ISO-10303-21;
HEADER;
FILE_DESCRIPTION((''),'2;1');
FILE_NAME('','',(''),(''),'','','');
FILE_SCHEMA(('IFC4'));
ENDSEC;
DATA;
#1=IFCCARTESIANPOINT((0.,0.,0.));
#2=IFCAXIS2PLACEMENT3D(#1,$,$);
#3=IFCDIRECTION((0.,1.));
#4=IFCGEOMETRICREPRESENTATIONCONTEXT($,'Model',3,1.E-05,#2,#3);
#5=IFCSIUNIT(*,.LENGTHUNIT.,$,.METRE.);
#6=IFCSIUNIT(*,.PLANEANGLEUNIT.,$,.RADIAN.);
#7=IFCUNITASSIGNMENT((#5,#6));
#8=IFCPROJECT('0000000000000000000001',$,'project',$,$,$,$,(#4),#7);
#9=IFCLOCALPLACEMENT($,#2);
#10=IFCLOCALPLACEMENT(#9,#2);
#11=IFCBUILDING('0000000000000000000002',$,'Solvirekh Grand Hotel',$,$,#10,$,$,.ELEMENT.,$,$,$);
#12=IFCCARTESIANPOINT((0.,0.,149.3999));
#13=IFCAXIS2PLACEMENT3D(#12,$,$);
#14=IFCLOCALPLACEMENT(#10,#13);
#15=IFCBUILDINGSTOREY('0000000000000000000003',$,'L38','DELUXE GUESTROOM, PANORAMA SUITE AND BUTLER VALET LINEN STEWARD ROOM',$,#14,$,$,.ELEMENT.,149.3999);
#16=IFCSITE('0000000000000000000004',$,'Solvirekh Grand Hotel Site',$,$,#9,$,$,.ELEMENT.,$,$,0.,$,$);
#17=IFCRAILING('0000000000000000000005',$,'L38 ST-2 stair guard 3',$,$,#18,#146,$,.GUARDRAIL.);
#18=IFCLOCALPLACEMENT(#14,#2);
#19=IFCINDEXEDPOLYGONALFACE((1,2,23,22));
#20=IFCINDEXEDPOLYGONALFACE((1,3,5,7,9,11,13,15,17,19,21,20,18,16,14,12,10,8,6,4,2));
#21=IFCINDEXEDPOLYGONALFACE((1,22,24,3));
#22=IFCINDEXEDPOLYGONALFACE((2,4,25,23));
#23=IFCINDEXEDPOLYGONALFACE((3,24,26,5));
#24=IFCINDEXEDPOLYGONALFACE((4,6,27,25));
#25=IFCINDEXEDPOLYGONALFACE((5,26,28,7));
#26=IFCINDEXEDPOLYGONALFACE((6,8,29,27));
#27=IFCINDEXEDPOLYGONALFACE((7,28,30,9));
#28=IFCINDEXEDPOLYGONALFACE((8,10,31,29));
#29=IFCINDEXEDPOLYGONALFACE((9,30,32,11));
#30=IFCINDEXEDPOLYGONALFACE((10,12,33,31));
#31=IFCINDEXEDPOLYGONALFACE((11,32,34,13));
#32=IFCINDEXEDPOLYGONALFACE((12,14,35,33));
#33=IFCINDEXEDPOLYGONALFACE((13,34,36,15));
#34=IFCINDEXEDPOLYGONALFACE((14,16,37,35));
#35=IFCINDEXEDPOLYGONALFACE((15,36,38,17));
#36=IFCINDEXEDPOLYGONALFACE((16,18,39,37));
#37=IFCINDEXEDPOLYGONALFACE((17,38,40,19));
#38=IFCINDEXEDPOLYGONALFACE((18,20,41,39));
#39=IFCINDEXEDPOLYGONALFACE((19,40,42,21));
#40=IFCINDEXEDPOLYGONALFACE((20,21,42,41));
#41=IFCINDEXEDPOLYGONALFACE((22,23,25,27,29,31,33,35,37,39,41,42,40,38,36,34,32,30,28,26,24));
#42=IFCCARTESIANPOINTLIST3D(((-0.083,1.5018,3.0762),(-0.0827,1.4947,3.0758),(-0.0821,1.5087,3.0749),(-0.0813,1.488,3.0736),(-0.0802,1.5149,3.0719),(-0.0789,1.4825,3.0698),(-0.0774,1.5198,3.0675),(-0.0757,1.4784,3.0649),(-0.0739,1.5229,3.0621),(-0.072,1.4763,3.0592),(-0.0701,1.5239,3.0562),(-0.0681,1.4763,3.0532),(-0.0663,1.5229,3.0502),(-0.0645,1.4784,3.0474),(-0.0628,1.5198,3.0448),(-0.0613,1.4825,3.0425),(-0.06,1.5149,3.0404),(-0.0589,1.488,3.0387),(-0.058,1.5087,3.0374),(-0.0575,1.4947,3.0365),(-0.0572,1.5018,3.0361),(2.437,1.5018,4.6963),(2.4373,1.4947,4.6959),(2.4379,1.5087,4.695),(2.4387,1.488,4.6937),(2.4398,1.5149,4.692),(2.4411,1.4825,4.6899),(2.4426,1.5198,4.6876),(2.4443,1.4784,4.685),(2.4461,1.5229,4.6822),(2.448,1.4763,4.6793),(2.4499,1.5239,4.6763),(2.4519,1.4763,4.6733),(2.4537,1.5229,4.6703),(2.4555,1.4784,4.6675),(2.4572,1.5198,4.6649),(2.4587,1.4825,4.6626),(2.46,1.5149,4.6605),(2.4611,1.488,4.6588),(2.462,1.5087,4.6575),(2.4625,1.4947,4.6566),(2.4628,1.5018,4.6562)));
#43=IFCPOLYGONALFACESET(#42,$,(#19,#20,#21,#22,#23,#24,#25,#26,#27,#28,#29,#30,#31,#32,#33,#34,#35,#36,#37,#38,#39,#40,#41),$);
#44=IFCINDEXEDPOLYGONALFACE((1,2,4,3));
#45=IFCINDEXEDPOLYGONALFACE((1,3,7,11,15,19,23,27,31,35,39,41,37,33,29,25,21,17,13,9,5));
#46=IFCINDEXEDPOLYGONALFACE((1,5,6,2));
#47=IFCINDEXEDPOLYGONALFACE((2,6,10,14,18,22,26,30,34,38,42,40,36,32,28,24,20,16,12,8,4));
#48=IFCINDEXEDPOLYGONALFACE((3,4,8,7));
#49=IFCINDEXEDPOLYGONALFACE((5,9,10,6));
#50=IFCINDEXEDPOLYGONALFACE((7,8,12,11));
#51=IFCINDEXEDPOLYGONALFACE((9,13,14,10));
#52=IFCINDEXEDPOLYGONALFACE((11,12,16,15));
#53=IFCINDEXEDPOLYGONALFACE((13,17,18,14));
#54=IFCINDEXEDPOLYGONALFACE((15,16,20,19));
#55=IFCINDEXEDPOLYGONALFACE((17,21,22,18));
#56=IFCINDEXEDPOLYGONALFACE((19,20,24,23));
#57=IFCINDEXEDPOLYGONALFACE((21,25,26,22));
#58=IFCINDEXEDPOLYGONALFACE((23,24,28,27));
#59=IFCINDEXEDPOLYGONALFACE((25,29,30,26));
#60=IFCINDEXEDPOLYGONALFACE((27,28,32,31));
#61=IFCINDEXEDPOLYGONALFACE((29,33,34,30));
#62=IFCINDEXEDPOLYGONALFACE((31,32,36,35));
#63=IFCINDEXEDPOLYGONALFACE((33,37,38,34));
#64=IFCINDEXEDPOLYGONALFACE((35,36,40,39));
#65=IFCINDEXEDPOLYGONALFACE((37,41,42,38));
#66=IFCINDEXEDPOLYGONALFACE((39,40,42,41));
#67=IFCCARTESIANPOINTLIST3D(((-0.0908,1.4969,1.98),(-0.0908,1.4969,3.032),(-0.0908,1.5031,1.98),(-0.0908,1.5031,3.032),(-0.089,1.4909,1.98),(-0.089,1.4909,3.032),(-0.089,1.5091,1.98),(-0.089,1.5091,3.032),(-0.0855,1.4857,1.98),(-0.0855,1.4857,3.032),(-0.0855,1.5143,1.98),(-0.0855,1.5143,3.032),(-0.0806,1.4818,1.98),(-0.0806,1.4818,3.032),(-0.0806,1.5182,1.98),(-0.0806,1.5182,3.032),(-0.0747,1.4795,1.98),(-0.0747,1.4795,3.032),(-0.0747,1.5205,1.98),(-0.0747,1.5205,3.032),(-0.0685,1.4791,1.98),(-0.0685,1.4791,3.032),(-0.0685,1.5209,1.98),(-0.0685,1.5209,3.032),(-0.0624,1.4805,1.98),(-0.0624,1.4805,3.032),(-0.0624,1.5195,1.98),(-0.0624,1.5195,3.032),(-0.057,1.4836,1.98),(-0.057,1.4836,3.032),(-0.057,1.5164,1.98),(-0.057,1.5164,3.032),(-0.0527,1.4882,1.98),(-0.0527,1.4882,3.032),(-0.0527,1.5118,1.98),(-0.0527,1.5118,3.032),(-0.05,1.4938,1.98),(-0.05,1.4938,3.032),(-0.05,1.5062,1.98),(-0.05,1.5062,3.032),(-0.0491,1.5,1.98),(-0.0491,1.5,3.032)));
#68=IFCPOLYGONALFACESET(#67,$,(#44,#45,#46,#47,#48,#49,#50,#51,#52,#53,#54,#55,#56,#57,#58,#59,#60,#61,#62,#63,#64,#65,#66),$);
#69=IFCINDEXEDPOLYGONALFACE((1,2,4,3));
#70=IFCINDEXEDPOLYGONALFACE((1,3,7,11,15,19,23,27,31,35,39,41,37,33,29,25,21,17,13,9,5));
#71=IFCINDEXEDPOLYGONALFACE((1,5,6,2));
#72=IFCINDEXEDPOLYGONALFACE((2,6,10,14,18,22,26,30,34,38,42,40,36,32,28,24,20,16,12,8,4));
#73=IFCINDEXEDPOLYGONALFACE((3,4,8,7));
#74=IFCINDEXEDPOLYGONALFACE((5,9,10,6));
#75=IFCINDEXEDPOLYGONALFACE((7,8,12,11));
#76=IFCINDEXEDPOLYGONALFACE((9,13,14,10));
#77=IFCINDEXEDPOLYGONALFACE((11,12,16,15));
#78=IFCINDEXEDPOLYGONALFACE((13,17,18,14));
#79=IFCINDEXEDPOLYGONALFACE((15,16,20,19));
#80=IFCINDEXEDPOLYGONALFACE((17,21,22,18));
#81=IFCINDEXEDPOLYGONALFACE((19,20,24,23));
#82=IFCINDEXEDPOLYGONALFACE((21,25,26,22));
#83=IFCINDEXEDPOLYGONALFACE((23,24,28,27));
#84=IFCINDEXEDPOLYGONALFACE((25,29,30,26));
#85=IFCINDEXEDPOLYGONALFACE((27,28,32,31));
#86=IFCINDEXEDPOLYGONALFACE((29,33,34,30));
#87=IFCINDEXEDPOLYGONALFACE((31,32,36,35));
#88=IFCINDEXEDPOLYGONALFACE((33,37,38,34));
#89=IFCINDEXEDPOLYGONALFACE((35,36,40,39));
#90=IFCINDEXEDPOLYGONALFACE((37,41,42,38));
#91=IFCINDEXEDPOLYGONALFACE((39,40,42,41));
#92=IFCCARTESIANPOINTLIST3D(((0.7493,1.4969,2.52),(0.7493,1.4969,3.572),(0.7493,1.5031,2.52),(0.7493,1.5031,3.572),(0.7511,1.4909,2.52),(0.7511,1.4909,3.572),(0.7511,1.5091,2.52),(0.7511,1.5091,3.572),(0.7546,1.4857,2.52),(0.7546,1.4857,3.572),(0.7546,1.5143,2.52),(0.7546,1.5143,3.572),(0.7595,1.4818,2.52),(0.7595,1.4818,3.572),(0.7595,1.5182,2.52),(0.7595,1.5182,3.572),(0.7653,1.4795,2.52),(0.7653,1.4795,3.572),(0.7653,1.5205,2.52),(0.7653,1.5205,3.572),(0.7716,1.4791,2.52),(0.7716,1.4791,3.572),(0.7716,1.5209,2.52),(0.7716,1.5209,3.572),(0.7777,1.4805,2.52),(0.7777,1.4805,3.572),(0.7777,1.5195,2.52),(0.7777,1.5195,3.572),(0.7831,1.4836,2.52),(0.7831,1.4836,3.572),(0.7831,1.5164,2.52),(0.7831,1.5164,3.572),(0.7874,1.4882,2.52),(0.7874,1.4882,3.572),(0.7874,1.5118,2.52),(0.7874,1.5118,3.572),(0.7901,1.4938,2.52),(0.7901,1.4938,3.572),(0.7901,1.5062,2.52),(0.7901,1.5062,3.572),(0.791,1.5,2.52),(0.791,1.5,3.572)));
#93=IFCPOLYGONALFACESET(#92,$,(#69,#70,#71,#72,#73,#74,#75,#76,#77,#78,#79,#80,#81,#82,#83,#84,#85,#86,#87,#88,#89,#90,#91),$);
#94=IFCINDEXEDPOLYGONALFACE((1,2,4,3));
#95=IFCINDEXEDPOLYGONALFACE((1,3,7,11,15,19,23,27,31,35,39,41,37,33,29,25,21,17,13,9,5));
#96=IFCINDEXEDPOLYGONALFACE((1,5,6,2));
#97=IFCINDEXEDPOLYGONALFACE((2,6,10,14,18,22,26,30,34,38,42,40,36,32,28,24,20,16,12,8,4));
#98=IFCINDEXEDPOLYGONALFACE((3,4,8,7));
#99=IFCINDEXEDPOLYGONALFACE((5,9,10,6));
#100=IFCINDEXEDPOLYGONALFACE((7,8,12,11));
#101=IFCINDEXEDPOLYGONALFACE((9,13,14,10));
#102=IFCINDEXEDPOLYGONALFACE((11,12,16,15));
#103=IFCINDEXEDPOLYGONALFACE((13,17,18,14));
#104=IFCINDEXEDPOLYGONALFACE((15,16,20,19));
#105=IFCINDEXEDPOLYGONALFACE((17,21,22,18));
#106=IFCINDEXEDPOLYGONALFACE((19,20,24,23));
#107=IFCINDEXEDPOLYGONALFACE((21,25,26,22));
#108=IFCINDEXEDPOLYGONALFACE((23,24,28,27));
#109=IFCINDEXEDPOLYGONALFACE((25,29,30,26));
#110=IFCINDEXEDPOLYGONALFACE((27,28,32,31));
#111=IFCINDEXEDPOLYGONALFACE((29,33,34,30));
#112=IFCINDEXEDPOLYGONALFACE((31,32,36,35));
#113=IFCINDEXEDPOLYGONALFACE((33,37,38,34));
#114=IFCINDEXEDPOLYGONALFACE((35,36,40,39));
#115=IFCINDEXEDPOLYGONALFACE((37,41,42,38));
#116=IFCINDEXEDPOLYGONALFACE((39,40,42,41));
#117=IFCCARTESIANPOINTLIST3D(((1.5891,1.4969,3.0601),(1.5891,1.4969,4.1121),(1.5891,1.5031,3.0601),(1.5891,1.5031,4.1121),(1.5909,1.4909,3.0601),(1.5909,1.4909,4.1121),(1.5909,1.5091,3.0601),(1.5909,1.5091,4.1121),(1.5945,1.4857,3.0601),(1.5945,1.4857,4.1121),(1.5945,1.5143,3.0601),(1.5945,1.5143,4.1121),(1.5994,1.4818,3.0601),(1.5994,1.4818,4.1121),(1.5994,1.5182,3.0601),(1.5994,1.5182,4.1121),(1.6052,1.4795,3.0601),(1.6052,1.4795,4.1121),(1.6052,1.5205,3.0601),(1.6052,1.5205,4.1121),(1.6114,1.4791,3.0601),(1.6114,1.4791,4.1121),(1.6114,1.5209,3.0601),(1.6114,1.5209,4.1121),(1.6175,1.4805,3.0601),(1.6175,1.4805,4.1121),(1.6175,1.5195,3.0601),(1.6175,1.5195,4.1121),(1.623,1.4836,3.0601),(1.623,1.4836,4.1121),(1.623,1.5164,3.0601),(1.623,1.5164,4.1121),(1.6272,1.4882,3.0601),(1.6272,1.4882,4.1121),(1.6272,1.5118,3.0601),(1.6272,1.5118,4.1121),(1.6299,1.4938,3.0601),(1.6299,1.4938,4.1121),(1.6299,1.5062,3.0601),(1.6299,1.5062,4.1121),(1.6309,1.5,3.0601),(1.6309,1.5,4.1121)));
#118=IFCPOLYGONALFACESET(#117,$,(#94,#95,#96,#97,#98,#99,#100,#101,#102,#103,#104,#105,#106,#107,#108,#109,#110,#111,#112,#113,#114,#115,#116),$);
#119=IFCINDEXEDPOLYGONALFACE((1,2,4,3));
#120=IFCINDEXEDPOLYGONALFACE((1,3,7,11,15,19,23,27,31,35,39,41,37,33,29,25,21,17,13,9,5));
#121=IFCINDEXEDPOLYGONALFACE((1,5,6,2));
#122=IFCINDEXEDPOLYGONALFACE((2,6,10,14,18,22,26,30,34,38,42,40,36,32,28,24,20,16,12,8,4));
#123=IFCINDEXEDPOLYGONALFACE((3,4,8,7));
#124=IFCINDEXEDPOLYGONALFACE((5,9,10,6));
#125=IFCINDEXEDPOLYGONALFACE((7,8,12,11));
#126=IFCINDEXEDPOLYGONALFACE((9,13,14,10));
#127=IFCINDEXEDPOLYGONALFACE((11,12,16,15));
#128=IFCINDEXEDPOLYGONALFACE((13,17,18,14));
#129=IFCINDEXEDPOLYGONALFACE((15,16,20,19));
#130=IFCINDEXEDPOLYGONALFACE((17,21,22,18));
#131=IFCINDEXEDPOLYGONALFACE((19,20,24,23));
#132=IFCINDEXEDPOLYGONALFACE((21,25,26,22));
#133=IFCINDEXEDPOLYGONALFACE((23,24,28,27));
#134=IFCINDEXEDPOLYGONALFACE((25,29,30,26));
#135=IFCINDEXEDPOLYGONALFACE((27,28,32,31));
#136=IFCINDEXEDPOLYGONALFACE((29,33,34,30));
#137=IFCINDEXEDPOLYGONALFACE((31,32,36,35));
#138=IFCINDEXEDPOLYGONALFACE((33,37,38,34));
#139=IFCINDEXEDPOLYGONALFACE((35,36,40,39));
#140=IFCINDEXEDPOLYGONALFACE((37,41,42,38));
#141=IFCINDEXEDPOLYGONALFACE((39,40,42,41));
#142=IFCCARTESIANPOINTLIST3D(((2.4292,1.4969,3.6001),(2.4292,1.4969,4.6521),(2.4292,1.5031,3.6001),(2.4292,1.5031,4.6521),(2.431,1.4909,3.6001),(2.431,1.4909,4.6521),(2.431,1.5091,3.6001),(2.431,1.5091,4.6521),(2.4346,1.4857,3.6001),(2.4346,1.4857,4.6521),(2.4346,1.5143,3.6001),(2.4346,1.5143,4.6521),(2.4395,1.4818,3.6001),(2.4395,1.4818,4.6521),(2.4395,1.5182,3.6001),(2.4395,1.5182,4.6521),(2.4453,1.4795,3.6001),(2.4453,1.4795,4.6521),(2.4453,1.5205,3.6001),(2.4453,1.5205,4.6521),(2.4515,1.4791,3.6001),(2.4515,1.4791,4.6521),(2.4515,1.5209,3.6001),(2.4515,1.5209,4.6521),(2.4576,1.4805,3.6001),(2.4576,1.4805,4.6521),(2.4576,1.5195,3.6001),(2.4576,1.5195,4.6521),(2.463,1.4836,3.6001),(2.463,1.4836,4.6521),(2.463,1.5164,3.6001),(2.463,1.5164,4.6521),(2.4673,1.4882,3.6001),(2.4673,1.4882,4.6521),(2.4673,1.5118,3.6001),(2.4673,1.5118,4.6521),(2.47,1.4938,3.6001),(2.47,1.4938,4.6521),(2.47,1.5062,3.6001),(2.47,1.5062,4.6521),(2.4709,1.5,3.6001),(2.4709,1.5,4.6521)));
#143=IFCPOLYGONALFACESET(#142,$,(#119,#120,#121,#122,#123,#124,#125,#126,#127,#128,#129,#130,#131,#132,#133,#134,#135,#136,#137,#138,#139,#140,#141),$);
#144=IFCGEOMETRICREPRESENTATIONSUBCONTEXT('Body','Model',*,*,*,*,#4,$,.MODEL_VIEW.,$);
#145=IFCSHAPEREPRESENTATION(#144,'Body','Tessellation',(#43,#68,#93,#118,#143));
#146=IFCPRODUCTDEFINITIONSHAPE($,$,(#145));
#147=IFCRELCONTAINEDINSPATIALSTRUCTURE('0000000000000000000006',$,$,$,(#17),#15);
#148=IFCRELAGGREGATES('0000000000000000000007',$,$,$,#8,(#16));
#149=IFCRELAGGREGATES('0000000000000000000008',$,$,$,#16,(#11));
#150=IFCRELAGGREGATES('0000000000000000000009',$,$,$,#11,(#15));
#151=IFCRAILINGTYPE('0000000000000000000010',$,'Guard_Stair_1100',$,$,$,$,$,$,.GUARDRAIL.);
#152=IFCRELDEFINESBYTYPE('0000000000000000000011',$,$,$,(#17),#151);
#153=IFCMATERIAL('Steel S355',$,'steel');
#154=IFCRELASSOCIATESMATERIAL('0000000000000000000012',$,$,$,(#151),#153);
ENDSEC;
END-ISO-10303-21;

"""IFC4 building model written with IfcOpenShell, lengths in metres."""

from ifc_helpers import new_model, si_unit, direction, frame, origin, origin_2d, place, context, subcontext, project, spatial, circle, extrude, material, type_object, element, save


model = new_model("IFC4")

# Units and contexts
model_context = context("Model", 3, precision=1e-05, world=origin(), true_north=direction((0.0, 1.0)))
body_context = subcontext(model_context, "Body", "Model", "MODEL_VIEW")
ifc_project = project(units=[si_unit("LENGTHUNIT", "METRE"), si_unit("PLANEANGLEUNIT", "RADIAN")], contexts=[model_context])

# Site, building, storey
site_placement = place(None, origin())
site = spatial("IfcSite", under=ifc_project, at=site_placement, Name="Solvirekh Grand Hotel Site", CompositionType="ELEMENT", RefElevation=0.0)
building_placement = place(site_placement, origin())
building = spatial("IfcBuilding", under=site, at=building_placement, Name="Solvirekh Grand Hotel", CompositionType="ELEMENT")
storey_placement = place(building_placement, frame((0.0, 0.0, 149.3999)))
storey = spatial("IfcBuildingStorey", under=building, at=storey_placement, Name="L38", Description="DELUXE GUESTROOM, PANORAMA SUITE AND BUTLER VALET LINEN STEWARD ROOM", CompositionType="ELEMENT", Elevation=149.3999)

# Shared definitions
ifc_material_1 = material(Name="Steel S355", Category="steel")

# Railing
railing_type_1 = type_object("IfcRailingType", Name="Guard_Stair_1100", PredefinedType="GUARDRAIL", material=ifc_material_1)
railing_1_placement = place(storey_placement, frame((-0.0701, 1.5, 1.98)))
element("IfcRailing", 1, at=railing_1_placement, inside=storey, type_object=railing_type_1, Name="L38 ST-2 stair guard 3", PredefinedType="GUARDRAIL", context=body_context, shape_type="SweptSolid", body=[
    extrude(circle(Radius=0.0239, at=origin_2d()), frame((0.0, 0.0, 1.0762), z_axis=(0.841163, 0.0, 0.540782), x_axis=(0.0, 1.0, 0.0)), (0.0, 0.0, 1.0), 2.9958),
    extrude(circle(Radius=0.021, at=origin_2d()), origin(), (0.0, 0.0, 1.0), 1.052),
    extrude(circle(Radius=0.021, at=origin_2d()), frame((0.8401, 0.0, 0.54)), (0.0, 0.0, 1.0), 1.052),
    extrude(circle(Radius=0.021, at=origin_2d()), frame((1.6799, 0.0, 1.0801)), (0.0, 0.0, 1.0), 1.052),
    extrude(circle(Radius=0.021, at=origin_2d()), frame((2.52, 0.0, 1.6201)), (0.0, 0.0, 1.0), 1.052),
])

save(model, "model.ifc")
